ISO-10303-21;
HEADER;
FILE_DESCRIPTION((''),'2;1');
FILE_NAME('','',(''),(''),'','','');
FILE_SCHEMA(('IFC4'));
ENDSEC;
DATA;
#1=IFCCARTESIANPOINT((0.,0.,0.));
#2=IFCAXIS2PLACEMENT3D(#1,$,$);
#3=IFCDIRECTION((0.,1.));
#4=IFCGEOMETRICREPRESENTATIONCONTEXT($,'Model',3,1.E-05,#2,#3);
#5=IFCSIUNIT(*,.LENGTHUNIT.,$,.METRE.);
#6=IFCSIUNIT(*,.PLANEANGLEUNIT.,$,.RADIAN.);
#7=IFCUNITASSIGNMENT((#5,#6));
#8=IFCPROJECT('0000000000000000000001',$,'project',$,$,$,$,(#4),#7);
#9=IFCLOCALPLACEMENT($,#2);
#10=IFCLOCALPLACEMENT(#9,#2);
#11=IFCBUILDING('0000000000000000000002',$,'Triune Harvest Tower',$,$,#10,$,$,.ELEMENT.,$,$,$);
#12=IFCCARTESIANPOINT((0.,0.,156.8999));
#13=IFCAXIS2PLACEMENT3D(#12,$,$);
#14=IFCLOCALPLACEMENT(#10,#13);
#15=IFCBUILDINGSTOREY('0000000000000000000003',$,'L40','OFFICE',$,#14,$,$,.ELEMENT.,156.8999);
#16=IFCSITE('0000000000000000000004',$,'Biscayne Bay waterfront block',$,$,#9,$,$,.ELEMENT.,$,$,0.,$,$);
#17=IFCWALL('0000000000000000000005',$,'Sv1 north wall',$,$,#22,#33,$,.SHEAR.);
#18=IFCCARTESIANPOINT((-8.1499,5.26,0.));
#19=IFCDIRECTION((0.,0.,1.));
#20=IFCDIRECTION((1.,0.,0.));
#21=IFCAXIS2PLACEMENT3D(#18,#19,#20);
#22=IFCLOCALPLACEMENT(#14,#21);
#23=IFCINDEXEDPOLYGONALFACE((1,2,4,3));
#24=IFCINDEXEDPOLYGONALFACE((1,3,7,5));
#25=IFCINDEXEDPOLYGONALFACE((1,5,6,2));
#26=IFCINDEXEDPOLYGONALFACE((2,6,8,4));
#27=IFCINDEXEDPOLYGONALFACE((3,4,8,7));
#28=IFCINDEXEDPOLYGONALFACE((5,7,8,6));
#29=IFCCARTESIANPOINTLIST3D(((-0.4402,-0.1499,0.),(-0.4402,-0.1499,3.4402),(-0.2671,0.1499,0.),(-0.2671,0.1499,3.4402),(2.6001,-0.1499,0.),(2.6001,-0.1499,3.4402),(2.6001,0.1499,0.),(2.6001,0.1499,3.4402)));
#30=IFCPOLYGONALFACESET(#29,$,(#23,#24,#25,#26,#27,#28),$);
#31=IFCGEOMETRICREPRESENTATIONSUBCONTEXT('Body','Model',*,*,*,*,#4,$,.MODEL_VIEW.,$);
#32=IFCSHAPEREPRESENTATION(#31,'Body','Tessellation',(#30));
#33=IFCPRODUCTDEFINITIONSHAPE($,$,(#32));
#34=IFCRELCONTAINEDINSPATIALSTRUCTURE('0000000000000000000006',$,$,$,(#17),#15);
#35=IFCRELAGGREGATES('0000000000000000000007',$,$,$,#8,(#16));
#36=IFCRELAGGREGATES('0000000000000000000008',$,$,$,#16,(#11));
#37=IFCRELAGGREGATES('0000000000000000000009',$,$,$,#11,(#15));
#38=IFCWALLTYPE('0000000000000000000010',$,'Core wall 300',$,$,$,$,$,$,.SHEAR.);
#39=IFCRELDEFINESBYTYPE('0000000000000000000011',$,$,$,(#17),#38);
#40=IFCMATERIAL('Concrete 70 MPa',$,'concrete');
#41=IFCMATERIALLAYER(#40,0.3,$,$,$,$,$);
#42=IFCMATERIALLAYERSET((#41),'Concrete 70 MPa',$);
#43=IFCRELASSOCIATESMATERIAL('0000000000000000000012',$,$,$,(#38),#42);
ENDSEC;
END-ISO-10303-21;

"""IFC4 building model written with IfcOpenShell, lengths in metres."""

from ifc_helpers import new_model, si_unit, direction, frame, origin, place, context, subcontext, project, spatial, polyline, outline, extrude, source, transform, mapped, material, layer, layer_set, type_object, element, save


model = new_model("IFC4")

# Units and contexts
model_context = context("Model", 3, precision=1e-05, world=origin(), true_north=direction((0.0, 1.0)))
body_context = subcontext(model_context, "Body", "Model", "MODEL_VIEW")
ifc_project = project(units=[si_unit("LENGTHUNIT", "METRE"), si_unit("PLANEANGLEUNIT", "RADIAN")], contexts=[model_context])

# Site, building, storey
site_placement = place(None, origin())
site = spatial("IfcSite", under=ifc_project, at=site_placement, Name="Biscayne Bay waterfront block", CompositionType="ELEMENT", RefElevation=0.0)
building_placement = place(site_placement, origin())
building = spatial("IfcBuilding", under=site, at=building_placement, Name="Triune Harvest Tower", CompositionType="ELEMENT")
storey_placement = place(building_placement, frame((0.0, 0.0, 156.8999)))
storey = spatial("IfcBuildingStorey", under=building, at=storey_placement, Name="L40", Description="OFFICE", CompositionType="ELEMENT", Elevation=156.8999)

# Shared definitions
ifc_material_1 = material(Name="Concrete 70 MPa", Category="concrete")
ifc_layer_1 = layer(ifc_material_1, 0.3)
ifc_layer_set_1 = layer_set([ifc_layer_1], Name="Concrete 70 MPa")
wall_type_1 = type_object("IfcWallType", Name="Core wall 300", PredefinedType="SHEAR", material=ifc_layer_set_1)

# Wall
shared_shape_1 = source(origin(), body_context, "Body", "SweptSolid", [
    extrude(outline(polyline([(2.6001, -0.1499), (-0.4402, -0.1499), (-0.2671, 0.1499), (2.6001, 0.1499), (2.6001, -0.1499)])), origin(), (0.0, 0.0, 1.0), 3.4402),
])
wall_1_placement = place(storey_placement, frame((-8.1499, 5.26, 0.0), z_axis=(0.0, 0.0, 1.0), x_axis=(1.0, 0.0, 0.0)))
element("IfcWall", 1, at=wall_1_placement, inside=storey, type_object=wall_type_1, Name="Sv1 north wall", PredefinedType="SHEAR", context=body_context, shape_type="MappedRepresentation", body=[
    mapped(shared_shape_1, transform((0.0, 0.0, 0.0), scale=1.0)),
])

save(model, "model.ifc")
